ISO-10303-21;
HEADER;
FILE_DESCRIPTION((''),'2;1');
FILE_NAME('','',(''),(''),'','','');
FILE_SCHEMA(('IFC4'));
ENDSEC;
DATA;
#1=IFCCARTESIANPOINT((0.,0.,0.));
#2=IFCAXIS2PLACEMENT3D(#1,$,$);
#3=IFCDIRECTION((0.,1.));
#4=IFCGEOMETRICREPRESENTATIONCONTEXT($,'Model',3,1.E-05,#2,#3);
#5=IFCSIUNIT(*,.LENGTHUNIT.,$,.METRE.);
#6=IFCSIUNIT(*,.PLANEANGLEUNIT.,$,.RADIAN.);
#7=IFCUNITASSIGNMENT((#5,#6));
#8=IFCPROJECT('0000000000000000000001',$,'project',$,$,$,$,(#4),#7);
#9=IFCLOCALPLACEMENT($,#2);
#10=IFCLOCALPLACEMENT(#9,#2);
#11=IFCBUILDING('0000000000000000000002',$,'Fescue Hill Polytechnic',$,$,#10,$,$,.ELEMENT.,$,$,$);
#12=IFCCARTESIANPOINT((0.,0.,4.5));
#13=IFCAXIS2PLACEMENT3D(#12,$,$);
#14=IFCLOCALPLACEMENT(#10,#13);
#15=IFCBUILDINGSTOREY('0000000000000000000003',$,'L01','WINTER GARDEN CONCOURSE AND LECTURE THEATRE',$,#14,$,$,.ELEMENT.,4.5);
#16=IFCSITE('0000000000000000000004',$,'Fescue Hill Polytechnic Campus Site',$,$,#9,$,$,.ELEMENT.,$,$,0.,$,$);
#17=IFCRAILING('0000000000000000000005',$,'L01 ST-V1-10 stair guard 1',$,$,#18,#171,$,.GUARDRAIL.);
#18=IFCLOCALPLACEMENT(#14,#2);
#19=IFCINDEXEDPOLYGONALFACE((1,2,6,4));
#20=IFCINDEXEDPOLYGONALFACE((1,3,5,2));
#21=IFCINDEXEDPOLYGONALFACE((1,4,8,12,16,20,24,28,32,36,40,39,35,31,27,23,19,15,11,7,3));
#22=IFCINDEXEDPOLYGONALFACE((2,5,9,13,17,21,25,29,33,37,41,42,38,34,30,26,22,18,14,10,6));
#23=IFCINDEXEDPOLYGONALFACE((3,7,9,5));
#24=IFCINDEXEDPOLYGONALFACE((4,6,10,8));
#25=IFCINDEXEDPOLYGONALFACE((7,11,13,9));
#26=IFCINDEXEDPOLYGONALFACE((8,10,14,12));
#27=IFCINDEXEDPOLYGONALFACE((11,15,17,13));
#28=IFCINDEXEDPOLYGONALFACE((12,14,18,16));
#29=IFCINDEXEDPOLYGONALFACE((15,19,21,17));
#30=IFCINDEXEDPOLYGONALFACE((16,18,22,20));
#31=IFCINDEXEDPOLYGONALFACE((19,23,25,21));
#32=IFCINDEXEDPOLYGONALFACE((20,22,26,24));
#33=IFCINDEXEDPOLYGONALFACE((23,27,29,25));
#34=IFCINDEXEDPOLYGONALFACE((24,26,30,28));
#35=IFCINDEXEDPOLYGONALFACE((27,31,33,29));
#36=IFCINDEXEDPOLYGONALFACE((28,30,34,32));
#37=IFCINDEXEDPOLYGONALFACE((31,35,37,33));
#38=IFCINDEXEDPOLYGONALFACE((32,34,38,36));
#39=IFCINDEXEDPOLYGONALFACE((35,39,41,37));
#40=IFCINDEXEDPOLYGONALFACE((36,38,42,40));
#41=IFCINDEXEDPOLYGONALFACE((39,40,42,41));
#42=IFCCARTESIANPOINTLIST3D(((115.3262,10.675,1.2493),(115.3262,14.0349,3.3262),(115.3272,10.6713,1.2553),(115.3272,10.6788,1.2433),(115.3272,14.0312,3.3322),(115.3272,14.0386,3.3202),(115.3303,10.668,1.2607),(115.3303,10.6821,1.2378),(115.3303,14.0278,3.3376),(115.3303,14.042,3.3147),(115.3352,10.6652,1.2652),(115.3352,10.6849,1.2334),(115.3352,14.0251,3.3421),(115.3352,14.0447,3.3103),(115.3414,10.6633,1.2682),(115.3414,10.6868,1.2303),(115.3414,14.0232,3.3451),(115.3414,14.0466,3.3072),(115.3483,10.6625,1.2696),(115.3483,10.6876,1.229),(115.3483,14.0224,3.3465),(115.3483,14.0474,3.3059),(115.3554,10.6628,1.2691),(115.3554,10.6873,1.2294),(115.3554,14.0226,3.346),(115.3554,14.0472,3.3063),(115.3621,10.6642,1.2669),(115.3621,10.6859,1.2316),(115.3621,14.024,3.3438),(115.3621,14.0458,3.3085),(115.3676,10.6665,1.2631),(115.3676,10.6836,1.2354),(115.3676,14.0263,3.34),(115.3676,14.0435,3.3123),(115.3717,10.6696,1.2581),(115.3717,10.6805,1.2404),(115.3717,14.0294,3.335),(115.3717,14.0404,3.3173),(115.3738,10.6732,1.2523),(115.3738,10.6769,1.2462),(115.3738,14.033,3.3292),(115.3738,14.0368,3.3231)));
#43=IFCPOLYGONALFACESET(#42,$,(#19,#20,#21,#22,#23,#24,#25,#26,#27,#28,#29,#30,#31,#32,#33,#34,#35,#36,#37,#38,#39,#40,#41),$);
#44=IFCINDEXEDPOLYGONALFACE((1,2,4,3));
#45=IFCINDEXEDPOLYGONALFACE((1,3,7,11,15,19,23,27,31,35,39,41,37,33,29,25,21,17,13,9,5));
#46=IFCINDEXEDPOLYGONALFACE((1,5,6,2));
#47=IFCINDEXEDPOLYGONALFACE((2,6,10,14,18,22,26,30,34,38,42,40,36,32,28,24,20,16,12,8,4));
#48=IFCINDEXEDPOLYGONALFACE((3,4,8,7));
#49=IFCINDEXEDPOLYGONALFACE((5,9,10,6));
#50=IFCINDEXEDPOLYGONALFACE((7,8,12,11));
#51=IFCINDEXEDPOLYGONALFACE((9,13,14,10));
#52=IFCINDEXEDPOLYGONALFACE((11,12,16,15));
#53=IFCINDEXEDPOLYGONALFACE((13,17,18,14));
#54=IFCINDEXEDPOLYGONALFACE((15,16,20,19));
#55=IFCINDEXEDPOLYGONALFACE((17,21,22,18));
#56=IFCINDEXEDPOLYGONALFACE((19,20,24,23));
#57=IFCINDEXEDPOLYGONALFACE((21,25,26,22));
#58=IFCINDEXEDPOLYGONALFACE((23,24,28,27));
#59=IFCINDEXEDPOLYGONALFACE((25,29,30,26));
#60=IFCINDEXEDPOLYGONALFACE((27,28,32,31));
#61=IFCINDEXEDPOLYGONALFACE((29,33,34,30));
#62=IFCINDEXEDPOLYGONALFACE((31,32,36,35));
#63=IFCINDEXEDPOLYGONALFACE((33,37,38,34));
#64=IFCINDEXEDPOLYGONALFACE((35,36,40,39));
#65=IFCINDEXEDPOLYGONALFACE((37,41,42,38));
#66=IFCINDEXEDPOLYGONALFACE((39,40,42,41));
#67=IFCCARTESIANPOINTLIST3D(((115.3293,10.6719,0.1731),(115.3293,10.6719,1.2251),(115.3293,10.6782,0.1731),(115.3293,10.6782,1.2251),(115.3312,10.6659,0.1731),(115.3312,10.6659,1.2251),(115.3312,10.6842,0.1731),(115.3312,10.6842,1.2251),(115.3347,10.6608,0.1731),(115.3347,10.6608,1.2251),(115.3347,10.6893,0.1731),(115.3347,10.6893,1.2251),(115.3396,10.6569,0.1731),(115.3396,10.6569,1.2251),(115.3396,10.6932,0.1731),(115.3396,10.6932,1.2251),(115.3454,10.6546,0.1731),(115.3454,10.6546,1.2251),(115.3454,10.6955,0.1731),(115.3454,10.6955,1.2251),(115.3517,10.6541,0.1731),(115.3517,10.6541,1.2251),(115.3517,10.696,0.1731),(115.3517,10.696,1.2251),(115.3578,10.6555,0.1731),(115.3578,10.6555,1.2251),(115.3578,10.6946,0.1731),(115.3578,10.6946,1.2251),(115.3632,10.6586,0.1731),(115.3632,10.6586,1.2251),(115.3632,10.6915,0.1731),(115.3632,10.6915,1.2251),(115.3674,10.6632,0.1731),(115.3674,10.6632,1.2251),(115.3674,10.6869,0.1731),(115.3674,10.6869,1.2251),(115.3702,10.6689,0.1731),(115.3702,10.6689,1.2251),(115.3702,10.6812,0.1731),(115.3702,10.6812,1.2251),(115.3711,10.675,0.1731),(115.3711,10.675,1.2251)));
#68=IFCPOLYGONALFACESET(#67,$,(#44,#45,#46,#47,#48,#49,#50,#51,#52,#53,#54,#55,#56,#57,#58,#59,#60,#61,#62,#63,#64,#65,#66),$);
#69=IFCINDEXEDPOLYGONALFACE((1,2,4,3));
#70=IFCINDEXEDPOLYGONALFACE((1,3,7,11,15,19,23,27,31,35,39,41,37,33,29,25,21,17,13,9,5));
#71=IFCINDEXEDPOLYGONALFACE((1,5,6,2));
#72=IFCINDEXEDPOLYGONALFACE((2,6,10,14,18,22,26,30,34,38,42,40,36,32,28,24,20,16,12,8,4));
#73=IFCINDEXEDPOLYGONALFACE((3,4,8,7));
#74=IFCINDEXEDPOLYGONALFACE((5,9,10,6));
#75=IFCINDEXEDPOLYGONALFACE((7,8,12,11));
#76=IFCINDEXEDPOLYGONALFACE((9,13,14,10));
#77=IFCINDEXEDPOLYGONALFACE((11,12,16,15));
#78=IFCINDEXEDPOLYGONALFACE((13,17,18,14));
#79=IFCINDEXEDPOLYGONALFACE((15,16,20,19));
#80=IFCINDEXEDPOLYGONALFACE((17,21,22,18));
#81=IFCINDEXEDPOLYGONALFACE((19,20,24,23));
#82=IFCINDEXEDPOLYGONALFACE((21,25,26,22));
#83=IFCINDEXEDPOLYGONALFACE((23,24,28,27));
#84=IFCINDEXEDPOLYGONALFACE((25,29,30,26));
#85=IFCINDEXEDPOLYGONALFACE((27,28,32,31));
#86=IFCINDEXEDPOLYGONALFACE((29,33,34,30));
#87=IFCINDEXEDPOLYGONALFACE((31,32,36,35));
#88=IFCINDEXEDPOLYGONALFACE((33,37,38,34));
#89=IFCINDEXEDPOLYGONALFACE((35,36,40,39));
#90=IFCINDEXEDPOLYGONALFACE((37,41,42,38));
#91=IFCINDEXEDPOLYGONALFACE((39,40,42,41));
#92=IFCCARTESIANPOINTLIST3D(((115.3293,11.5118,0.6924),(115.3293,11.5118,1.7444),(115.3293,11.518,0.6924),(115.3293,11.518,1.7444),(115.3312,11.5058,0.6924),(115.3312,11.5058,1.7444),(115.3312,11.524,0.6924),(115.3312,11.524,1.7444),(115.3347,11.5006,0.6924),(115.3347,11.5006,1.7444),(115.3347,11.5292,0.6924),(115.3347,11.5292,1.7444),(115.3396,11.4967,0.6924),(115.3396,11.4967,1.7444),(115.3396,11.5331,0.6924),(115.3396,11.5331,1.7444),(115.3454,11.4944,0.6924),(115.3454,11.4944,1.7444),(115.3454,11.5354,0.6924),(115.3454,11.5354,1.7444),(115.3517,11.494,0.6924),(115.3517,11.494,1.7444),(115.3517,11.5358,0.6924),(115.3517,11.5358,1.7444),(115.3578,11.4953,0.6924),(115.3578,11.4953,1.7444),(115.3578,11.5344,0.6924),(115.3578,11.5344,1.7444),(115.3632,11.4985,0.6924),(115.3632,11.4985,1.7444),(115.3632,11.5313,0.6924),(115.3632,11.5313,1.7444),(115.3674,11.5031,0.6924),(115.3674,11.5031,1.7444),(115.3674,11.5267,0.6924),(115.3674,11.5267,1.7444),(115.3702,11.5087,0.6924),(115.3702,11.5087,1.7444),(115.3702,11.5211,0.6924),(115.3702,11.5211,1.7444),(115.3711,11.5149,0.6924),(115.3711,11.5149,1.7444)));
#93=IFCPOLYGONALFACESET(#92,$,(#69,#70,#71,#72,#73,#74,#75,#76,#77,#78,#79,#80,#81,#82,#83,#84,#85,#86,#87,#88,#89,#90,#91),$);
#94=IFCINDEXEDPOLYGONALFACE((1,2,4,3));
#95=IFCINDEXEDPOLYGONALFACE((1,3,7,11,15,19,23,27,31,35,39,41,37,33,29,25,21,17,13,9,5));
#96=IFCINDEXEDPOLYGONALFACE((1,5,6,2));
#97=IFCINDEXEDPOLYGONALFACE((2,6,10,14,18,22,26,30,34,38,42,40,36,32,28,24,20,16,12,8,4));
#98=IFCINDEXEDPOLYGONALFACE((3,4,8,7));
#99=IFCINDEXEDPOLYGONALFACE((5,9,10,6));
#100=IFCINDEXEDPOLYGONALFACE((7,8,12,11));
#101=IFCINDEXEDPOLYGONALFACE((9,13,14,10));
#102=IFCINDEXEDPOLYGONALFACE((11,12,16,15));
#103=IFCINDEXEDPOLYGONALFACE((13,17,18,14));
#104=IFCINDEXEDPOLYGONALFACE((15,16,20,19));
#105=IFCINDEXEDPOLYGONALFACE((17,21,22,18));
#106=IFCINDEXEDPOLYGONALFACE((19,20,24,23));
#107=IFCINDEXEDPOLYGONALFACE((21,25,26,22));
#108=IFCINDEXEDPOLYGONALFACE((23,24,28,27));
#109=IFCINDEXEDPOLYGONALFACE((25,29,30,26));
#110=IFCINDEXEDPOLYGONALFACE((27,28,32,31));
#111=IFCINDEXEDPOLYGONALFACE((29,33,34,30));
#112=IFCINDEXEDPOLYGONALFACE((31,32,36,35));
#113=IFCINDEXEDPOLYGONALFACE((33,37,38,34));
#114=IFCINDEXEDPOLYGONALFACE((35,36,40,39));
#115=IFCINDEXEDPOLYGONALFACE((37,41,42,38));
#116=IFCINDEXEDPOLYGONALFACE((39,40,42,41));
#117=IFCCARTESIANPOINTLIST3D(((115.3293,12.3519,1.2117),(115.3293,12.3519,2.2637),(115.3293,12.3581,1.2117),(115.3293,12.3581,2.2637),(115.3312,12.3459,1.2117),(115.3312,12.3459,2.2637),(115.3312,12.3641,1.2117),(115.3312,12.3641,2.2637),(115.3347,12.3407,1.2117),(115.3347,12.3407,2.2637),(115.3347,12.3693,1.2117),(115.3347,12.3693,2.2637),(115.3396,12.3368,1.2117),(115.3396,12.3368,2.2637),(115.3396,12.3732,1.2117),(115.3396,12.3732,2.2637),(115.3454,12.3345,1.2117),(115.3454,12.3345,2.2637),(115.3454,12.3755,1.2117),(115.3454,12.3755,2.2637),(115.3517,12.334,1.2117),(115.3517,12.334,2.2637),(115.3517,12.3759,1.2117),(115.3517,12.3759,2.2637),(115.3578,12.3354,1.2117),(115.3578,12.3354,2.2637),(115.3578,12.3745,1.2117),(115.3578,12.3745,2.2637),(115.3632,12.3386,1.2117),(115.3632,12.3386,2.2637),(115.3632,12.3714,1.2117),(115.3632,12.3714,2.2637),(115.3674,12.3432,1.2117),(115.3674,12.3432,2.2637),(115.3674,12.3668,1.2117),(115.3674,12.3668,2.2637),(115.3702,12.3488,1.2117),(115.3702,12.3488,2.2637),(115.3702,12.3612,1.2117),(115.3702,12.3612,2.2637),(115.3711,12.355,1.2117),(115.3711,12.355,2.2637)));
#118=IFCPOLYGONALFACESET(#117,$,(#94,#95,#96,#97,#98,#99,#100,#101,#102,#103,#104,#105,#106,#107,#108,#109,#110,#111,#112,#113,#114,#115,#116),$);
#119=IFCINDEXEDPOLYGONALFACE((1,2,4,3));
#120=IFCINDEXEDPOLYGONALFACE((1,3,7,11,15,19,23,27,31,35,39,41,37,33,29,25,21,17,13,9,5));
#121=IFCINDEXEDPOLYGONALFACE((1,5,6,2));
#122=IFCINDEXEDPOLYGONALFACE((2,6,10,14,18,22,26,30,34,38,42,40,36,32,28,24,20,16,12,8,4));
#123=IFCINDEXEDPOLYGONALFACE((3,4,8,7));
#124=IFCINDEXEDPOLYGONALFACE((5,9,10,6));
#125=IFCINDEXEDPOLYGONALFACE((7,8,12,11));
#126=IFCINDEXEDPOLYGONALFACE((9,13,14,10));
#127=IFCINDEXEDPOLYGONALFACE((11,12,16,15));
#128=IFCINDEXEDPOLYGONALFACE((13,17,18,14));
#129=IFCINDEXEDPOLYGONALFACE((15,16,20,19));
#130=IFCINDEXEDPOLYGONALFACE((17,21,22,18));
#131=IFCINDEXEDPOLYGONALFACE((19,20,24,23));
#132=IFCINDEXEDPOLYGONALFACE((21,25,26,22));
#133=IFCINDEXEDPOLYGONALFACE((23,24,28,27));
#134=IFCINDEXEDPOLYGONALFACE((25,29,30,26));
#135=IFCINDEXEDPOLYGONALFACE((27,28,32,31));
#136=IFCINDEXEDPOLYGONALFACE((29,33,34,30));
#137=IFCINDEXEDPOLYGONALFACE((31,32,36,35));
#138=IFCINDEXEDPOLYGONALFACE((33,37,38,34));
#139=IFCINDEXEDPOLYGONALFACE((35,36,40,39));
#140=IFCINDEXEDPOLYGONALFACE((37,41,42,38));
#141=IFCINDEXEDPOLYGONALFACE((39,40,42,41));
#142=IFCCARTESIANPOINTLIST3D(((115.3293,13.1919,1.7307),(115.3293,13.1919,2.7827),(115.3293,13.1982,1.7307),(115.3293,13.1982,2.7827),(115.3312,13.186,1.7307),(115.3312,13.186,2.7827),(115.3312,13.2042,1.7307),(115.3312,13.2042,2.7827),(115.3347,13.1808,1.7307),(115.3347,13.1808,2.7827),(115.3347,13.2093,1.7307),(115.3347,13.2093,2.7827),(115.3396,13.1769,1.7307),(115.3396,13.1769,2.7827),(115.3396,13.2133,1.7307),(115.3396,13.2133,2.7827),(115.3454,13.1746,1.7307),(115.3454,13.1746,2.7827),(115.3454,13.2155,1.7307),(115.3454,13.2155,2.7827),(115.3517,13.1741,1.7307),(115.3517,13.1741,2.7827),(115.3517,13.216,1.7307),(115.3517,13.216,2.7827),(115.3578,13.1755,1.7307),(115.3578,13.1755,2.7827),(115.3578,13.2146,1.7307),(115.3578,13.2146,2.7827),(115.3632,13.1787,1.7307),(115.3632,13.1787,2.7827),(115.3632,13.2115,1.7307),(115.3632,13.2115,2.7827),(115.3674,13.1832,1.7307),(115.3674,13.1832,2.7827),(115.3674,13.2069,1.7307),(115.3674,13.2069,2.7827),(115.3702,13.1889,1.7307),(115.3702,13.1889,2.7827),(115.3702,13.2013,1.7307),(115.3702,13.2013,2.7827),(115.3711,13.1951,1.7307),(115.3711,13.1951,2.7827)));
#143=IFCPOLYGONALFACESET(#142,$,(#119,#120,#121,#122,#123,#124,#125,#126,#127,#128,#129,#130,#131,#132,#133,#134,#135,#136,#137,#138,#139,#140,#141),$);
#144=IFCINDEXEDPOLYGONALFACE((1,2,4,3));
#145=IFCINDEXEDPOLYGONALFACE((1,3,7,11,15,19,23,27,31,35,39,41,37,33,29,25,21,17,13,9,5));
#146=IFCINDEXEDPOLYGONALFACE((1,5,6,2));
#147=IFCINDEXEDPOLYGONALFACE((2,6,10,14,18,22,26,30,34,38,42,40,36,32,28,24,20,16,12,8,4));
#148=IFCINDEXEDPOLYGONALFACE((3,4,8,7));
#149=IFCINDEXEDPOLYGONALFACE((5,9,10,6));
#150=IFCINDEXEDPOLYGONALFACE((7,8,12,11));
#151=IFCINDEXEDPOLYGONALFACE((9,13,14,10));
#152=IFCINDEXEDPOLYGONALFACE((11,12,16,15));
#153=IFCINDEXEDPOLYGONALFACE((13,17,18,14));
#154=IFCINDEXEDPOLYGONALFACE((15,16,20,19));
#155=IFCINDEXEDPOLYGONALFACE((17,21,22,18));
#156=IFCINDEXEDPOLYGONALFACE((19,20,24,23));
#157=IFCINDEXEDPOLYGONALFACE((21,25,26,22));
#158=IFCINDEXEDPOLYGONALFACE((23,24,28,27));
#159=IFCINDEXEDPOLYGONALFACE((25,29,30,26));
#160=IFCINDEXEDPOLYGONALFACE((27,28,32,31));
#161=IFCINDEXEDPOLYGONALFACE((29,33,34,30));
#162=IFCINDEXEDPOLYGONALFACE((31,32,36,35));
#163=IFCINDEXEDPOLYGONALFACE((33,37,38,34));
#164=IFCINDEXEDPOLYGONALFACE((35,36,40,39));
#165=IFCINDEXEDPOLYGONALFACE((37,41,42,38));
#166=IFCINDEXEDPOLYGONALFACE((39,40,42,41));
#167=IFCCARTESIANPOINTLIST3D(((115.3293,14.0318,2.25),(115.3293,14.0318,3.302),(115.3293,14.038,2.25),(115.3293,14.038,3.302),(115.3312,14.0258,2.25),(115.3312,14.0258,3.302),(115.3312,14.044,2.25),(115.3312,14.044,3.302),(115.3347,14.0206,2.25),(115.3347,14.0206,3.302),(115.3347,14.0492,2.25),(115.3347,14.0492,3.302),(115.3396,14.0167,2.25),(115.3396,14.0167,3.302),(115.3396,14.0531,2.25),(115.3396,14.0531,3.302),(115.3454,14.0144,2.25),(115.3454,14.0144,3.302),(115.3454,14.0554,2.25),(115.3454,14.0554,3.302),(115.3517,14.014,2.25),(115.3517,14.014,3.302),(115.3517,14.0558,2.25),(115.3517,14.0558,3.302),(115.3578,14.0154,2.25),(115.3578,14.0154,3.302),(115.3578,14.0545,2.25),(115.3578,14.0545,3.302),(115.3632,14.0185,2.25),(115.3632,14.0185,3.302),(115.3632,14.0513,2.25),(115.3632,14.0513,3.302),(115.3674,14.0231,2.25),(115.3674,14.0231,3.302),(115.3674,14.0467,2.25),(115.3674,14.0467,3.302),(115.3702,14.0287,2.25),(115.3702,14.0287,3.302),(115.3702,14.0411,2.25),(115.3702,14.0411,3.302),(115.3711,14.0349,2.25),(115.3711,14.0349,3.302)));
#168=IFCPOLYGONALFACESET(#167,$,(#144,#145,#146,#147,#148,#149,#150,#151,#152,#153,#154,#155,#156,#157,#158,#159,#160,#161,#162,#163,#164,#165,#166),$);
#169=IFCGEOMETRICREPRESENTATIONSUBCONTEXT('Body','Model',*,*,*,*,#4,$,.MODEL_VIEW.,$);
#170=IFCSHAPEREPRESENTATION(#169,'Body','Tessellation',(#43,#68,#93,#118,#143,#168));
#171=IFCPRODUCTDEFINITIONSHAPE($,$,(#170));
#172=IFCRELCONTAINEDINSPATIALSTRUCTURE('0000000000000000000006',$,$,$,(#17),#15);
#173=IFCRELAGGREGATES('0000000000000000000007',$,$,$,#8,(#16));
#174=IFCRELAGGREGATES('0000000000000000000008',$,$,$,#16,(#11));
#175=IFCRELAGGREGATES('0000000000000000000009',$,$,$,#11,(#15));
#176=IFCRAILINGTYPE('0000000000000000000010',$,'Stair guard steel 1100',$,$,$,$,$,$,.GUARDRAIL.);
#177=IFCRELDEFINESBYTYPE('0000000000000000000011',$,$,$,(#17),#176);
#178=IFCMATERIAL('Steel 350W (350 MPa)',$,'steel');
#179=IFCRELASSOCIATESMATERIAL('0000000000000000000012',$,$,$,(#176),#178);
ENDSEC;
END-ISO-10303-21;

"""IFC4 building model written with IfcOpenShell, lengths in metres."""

from ifc_helpers import new_model, si_unit, direction, frame, origin, origin_2d, place, context, subcontext, project, spatial, circle, extrude, material, type_object, element, save


model = new_model("IFC4")

# Units and contexts
model_context = context("Model", 3, precision=1e-05, world=origin(), true_north=direction((0.0, 1.0)))
body_context = subcontext(model_context, "Body", "Model", "MODEL_VIEW")
ifc_project = project(units=[si_unit("LENGTHUNIT", "METRE"), si_unit("PLANEANGLEUNIT", "RADIAN")], contexts=[model_context])

# Site, building, storey
site_placement = place(None, origin())
site = spatial("IfcSite", under=ifc_project, at=site_placement, Name="Fescue Hill Polytechnic Campus Site", CompositionType="ELEMENT", RefElevation=0.0)
building_placement = place(site_placement, origin())
building = spatial("IfcBuilding", under=site, at=building_placement, Name="Fescue Hill Polytechnic", CompositionType="ELEMENT")
storey_placement = place(building_placement, frame((0.0, 0.0, 4.5)))
storey = spatial("IfcBuildingStorey", under=building, at=storey_placement, Name="L01", Description="WINTER GARDEN CONCOURSE AND LECTURE THEATRE", CompositionType="ELEMENT", Elevation=4.5)

# Railing
ifc_material_1 = material(Name="Steel 350W (350 MPa)", Category="steel")
railing_type_1 = type_object("IfcRailingType", Name="Stair guard steel 1100", PredefinedType="GUARDRAIL", material=ifc_material_1)
railing_1_placement = place(storey_placement, frame((115.3501, 10.675, 0.1731)))
element("IfcRailing", 1, at=railing_1_placement, inside=storey, type_object=railing_type_1, Name="L01 ST-V1-10 stair guard 1", PredefinedType="GUARDRAIL", context=body_context, shape_type="SweptSolid", body=[
    extrude(circle(Radius=0.0239, at=origin_2d()), frame((0.0, 0.0, 1.0762), z_axis=(0.0, 0.850606, 0.525803), x_axis=(-1.0, 0.0, 0.0)), (0.0, 0.0, 1.0), 3.95),
    extrude(circle(Radius=0.021, at=origin_2d()), origin(), (0.0, 0.0, 1.0), 1.052),
    extrude(circle(Radius=0.021, at=origin_2d()), frame((0.0, 0.8398, 0.5193)), (0.0, 0.0, 1.0), 1.052),
    extrude(circle(Radius=0.021, at=origin_2d()), frame((0.0, 1.6799, 1.0386)), (0.0, 0.0, 1.0), 1.052),
    extrude(circle(Radius=0.021, at=origin_2d()), frame((0.0, 2.52, 1.5576)), (0.0, 0.0, 1.0), 1.052),
    extrude(circle(Radius=0.021, at=origin_2d()), frame((0.0, 3.3599, 2.0769)), (0.0, 0.0, 1.0), 1.052),
])

save(model, "model.ifc")
